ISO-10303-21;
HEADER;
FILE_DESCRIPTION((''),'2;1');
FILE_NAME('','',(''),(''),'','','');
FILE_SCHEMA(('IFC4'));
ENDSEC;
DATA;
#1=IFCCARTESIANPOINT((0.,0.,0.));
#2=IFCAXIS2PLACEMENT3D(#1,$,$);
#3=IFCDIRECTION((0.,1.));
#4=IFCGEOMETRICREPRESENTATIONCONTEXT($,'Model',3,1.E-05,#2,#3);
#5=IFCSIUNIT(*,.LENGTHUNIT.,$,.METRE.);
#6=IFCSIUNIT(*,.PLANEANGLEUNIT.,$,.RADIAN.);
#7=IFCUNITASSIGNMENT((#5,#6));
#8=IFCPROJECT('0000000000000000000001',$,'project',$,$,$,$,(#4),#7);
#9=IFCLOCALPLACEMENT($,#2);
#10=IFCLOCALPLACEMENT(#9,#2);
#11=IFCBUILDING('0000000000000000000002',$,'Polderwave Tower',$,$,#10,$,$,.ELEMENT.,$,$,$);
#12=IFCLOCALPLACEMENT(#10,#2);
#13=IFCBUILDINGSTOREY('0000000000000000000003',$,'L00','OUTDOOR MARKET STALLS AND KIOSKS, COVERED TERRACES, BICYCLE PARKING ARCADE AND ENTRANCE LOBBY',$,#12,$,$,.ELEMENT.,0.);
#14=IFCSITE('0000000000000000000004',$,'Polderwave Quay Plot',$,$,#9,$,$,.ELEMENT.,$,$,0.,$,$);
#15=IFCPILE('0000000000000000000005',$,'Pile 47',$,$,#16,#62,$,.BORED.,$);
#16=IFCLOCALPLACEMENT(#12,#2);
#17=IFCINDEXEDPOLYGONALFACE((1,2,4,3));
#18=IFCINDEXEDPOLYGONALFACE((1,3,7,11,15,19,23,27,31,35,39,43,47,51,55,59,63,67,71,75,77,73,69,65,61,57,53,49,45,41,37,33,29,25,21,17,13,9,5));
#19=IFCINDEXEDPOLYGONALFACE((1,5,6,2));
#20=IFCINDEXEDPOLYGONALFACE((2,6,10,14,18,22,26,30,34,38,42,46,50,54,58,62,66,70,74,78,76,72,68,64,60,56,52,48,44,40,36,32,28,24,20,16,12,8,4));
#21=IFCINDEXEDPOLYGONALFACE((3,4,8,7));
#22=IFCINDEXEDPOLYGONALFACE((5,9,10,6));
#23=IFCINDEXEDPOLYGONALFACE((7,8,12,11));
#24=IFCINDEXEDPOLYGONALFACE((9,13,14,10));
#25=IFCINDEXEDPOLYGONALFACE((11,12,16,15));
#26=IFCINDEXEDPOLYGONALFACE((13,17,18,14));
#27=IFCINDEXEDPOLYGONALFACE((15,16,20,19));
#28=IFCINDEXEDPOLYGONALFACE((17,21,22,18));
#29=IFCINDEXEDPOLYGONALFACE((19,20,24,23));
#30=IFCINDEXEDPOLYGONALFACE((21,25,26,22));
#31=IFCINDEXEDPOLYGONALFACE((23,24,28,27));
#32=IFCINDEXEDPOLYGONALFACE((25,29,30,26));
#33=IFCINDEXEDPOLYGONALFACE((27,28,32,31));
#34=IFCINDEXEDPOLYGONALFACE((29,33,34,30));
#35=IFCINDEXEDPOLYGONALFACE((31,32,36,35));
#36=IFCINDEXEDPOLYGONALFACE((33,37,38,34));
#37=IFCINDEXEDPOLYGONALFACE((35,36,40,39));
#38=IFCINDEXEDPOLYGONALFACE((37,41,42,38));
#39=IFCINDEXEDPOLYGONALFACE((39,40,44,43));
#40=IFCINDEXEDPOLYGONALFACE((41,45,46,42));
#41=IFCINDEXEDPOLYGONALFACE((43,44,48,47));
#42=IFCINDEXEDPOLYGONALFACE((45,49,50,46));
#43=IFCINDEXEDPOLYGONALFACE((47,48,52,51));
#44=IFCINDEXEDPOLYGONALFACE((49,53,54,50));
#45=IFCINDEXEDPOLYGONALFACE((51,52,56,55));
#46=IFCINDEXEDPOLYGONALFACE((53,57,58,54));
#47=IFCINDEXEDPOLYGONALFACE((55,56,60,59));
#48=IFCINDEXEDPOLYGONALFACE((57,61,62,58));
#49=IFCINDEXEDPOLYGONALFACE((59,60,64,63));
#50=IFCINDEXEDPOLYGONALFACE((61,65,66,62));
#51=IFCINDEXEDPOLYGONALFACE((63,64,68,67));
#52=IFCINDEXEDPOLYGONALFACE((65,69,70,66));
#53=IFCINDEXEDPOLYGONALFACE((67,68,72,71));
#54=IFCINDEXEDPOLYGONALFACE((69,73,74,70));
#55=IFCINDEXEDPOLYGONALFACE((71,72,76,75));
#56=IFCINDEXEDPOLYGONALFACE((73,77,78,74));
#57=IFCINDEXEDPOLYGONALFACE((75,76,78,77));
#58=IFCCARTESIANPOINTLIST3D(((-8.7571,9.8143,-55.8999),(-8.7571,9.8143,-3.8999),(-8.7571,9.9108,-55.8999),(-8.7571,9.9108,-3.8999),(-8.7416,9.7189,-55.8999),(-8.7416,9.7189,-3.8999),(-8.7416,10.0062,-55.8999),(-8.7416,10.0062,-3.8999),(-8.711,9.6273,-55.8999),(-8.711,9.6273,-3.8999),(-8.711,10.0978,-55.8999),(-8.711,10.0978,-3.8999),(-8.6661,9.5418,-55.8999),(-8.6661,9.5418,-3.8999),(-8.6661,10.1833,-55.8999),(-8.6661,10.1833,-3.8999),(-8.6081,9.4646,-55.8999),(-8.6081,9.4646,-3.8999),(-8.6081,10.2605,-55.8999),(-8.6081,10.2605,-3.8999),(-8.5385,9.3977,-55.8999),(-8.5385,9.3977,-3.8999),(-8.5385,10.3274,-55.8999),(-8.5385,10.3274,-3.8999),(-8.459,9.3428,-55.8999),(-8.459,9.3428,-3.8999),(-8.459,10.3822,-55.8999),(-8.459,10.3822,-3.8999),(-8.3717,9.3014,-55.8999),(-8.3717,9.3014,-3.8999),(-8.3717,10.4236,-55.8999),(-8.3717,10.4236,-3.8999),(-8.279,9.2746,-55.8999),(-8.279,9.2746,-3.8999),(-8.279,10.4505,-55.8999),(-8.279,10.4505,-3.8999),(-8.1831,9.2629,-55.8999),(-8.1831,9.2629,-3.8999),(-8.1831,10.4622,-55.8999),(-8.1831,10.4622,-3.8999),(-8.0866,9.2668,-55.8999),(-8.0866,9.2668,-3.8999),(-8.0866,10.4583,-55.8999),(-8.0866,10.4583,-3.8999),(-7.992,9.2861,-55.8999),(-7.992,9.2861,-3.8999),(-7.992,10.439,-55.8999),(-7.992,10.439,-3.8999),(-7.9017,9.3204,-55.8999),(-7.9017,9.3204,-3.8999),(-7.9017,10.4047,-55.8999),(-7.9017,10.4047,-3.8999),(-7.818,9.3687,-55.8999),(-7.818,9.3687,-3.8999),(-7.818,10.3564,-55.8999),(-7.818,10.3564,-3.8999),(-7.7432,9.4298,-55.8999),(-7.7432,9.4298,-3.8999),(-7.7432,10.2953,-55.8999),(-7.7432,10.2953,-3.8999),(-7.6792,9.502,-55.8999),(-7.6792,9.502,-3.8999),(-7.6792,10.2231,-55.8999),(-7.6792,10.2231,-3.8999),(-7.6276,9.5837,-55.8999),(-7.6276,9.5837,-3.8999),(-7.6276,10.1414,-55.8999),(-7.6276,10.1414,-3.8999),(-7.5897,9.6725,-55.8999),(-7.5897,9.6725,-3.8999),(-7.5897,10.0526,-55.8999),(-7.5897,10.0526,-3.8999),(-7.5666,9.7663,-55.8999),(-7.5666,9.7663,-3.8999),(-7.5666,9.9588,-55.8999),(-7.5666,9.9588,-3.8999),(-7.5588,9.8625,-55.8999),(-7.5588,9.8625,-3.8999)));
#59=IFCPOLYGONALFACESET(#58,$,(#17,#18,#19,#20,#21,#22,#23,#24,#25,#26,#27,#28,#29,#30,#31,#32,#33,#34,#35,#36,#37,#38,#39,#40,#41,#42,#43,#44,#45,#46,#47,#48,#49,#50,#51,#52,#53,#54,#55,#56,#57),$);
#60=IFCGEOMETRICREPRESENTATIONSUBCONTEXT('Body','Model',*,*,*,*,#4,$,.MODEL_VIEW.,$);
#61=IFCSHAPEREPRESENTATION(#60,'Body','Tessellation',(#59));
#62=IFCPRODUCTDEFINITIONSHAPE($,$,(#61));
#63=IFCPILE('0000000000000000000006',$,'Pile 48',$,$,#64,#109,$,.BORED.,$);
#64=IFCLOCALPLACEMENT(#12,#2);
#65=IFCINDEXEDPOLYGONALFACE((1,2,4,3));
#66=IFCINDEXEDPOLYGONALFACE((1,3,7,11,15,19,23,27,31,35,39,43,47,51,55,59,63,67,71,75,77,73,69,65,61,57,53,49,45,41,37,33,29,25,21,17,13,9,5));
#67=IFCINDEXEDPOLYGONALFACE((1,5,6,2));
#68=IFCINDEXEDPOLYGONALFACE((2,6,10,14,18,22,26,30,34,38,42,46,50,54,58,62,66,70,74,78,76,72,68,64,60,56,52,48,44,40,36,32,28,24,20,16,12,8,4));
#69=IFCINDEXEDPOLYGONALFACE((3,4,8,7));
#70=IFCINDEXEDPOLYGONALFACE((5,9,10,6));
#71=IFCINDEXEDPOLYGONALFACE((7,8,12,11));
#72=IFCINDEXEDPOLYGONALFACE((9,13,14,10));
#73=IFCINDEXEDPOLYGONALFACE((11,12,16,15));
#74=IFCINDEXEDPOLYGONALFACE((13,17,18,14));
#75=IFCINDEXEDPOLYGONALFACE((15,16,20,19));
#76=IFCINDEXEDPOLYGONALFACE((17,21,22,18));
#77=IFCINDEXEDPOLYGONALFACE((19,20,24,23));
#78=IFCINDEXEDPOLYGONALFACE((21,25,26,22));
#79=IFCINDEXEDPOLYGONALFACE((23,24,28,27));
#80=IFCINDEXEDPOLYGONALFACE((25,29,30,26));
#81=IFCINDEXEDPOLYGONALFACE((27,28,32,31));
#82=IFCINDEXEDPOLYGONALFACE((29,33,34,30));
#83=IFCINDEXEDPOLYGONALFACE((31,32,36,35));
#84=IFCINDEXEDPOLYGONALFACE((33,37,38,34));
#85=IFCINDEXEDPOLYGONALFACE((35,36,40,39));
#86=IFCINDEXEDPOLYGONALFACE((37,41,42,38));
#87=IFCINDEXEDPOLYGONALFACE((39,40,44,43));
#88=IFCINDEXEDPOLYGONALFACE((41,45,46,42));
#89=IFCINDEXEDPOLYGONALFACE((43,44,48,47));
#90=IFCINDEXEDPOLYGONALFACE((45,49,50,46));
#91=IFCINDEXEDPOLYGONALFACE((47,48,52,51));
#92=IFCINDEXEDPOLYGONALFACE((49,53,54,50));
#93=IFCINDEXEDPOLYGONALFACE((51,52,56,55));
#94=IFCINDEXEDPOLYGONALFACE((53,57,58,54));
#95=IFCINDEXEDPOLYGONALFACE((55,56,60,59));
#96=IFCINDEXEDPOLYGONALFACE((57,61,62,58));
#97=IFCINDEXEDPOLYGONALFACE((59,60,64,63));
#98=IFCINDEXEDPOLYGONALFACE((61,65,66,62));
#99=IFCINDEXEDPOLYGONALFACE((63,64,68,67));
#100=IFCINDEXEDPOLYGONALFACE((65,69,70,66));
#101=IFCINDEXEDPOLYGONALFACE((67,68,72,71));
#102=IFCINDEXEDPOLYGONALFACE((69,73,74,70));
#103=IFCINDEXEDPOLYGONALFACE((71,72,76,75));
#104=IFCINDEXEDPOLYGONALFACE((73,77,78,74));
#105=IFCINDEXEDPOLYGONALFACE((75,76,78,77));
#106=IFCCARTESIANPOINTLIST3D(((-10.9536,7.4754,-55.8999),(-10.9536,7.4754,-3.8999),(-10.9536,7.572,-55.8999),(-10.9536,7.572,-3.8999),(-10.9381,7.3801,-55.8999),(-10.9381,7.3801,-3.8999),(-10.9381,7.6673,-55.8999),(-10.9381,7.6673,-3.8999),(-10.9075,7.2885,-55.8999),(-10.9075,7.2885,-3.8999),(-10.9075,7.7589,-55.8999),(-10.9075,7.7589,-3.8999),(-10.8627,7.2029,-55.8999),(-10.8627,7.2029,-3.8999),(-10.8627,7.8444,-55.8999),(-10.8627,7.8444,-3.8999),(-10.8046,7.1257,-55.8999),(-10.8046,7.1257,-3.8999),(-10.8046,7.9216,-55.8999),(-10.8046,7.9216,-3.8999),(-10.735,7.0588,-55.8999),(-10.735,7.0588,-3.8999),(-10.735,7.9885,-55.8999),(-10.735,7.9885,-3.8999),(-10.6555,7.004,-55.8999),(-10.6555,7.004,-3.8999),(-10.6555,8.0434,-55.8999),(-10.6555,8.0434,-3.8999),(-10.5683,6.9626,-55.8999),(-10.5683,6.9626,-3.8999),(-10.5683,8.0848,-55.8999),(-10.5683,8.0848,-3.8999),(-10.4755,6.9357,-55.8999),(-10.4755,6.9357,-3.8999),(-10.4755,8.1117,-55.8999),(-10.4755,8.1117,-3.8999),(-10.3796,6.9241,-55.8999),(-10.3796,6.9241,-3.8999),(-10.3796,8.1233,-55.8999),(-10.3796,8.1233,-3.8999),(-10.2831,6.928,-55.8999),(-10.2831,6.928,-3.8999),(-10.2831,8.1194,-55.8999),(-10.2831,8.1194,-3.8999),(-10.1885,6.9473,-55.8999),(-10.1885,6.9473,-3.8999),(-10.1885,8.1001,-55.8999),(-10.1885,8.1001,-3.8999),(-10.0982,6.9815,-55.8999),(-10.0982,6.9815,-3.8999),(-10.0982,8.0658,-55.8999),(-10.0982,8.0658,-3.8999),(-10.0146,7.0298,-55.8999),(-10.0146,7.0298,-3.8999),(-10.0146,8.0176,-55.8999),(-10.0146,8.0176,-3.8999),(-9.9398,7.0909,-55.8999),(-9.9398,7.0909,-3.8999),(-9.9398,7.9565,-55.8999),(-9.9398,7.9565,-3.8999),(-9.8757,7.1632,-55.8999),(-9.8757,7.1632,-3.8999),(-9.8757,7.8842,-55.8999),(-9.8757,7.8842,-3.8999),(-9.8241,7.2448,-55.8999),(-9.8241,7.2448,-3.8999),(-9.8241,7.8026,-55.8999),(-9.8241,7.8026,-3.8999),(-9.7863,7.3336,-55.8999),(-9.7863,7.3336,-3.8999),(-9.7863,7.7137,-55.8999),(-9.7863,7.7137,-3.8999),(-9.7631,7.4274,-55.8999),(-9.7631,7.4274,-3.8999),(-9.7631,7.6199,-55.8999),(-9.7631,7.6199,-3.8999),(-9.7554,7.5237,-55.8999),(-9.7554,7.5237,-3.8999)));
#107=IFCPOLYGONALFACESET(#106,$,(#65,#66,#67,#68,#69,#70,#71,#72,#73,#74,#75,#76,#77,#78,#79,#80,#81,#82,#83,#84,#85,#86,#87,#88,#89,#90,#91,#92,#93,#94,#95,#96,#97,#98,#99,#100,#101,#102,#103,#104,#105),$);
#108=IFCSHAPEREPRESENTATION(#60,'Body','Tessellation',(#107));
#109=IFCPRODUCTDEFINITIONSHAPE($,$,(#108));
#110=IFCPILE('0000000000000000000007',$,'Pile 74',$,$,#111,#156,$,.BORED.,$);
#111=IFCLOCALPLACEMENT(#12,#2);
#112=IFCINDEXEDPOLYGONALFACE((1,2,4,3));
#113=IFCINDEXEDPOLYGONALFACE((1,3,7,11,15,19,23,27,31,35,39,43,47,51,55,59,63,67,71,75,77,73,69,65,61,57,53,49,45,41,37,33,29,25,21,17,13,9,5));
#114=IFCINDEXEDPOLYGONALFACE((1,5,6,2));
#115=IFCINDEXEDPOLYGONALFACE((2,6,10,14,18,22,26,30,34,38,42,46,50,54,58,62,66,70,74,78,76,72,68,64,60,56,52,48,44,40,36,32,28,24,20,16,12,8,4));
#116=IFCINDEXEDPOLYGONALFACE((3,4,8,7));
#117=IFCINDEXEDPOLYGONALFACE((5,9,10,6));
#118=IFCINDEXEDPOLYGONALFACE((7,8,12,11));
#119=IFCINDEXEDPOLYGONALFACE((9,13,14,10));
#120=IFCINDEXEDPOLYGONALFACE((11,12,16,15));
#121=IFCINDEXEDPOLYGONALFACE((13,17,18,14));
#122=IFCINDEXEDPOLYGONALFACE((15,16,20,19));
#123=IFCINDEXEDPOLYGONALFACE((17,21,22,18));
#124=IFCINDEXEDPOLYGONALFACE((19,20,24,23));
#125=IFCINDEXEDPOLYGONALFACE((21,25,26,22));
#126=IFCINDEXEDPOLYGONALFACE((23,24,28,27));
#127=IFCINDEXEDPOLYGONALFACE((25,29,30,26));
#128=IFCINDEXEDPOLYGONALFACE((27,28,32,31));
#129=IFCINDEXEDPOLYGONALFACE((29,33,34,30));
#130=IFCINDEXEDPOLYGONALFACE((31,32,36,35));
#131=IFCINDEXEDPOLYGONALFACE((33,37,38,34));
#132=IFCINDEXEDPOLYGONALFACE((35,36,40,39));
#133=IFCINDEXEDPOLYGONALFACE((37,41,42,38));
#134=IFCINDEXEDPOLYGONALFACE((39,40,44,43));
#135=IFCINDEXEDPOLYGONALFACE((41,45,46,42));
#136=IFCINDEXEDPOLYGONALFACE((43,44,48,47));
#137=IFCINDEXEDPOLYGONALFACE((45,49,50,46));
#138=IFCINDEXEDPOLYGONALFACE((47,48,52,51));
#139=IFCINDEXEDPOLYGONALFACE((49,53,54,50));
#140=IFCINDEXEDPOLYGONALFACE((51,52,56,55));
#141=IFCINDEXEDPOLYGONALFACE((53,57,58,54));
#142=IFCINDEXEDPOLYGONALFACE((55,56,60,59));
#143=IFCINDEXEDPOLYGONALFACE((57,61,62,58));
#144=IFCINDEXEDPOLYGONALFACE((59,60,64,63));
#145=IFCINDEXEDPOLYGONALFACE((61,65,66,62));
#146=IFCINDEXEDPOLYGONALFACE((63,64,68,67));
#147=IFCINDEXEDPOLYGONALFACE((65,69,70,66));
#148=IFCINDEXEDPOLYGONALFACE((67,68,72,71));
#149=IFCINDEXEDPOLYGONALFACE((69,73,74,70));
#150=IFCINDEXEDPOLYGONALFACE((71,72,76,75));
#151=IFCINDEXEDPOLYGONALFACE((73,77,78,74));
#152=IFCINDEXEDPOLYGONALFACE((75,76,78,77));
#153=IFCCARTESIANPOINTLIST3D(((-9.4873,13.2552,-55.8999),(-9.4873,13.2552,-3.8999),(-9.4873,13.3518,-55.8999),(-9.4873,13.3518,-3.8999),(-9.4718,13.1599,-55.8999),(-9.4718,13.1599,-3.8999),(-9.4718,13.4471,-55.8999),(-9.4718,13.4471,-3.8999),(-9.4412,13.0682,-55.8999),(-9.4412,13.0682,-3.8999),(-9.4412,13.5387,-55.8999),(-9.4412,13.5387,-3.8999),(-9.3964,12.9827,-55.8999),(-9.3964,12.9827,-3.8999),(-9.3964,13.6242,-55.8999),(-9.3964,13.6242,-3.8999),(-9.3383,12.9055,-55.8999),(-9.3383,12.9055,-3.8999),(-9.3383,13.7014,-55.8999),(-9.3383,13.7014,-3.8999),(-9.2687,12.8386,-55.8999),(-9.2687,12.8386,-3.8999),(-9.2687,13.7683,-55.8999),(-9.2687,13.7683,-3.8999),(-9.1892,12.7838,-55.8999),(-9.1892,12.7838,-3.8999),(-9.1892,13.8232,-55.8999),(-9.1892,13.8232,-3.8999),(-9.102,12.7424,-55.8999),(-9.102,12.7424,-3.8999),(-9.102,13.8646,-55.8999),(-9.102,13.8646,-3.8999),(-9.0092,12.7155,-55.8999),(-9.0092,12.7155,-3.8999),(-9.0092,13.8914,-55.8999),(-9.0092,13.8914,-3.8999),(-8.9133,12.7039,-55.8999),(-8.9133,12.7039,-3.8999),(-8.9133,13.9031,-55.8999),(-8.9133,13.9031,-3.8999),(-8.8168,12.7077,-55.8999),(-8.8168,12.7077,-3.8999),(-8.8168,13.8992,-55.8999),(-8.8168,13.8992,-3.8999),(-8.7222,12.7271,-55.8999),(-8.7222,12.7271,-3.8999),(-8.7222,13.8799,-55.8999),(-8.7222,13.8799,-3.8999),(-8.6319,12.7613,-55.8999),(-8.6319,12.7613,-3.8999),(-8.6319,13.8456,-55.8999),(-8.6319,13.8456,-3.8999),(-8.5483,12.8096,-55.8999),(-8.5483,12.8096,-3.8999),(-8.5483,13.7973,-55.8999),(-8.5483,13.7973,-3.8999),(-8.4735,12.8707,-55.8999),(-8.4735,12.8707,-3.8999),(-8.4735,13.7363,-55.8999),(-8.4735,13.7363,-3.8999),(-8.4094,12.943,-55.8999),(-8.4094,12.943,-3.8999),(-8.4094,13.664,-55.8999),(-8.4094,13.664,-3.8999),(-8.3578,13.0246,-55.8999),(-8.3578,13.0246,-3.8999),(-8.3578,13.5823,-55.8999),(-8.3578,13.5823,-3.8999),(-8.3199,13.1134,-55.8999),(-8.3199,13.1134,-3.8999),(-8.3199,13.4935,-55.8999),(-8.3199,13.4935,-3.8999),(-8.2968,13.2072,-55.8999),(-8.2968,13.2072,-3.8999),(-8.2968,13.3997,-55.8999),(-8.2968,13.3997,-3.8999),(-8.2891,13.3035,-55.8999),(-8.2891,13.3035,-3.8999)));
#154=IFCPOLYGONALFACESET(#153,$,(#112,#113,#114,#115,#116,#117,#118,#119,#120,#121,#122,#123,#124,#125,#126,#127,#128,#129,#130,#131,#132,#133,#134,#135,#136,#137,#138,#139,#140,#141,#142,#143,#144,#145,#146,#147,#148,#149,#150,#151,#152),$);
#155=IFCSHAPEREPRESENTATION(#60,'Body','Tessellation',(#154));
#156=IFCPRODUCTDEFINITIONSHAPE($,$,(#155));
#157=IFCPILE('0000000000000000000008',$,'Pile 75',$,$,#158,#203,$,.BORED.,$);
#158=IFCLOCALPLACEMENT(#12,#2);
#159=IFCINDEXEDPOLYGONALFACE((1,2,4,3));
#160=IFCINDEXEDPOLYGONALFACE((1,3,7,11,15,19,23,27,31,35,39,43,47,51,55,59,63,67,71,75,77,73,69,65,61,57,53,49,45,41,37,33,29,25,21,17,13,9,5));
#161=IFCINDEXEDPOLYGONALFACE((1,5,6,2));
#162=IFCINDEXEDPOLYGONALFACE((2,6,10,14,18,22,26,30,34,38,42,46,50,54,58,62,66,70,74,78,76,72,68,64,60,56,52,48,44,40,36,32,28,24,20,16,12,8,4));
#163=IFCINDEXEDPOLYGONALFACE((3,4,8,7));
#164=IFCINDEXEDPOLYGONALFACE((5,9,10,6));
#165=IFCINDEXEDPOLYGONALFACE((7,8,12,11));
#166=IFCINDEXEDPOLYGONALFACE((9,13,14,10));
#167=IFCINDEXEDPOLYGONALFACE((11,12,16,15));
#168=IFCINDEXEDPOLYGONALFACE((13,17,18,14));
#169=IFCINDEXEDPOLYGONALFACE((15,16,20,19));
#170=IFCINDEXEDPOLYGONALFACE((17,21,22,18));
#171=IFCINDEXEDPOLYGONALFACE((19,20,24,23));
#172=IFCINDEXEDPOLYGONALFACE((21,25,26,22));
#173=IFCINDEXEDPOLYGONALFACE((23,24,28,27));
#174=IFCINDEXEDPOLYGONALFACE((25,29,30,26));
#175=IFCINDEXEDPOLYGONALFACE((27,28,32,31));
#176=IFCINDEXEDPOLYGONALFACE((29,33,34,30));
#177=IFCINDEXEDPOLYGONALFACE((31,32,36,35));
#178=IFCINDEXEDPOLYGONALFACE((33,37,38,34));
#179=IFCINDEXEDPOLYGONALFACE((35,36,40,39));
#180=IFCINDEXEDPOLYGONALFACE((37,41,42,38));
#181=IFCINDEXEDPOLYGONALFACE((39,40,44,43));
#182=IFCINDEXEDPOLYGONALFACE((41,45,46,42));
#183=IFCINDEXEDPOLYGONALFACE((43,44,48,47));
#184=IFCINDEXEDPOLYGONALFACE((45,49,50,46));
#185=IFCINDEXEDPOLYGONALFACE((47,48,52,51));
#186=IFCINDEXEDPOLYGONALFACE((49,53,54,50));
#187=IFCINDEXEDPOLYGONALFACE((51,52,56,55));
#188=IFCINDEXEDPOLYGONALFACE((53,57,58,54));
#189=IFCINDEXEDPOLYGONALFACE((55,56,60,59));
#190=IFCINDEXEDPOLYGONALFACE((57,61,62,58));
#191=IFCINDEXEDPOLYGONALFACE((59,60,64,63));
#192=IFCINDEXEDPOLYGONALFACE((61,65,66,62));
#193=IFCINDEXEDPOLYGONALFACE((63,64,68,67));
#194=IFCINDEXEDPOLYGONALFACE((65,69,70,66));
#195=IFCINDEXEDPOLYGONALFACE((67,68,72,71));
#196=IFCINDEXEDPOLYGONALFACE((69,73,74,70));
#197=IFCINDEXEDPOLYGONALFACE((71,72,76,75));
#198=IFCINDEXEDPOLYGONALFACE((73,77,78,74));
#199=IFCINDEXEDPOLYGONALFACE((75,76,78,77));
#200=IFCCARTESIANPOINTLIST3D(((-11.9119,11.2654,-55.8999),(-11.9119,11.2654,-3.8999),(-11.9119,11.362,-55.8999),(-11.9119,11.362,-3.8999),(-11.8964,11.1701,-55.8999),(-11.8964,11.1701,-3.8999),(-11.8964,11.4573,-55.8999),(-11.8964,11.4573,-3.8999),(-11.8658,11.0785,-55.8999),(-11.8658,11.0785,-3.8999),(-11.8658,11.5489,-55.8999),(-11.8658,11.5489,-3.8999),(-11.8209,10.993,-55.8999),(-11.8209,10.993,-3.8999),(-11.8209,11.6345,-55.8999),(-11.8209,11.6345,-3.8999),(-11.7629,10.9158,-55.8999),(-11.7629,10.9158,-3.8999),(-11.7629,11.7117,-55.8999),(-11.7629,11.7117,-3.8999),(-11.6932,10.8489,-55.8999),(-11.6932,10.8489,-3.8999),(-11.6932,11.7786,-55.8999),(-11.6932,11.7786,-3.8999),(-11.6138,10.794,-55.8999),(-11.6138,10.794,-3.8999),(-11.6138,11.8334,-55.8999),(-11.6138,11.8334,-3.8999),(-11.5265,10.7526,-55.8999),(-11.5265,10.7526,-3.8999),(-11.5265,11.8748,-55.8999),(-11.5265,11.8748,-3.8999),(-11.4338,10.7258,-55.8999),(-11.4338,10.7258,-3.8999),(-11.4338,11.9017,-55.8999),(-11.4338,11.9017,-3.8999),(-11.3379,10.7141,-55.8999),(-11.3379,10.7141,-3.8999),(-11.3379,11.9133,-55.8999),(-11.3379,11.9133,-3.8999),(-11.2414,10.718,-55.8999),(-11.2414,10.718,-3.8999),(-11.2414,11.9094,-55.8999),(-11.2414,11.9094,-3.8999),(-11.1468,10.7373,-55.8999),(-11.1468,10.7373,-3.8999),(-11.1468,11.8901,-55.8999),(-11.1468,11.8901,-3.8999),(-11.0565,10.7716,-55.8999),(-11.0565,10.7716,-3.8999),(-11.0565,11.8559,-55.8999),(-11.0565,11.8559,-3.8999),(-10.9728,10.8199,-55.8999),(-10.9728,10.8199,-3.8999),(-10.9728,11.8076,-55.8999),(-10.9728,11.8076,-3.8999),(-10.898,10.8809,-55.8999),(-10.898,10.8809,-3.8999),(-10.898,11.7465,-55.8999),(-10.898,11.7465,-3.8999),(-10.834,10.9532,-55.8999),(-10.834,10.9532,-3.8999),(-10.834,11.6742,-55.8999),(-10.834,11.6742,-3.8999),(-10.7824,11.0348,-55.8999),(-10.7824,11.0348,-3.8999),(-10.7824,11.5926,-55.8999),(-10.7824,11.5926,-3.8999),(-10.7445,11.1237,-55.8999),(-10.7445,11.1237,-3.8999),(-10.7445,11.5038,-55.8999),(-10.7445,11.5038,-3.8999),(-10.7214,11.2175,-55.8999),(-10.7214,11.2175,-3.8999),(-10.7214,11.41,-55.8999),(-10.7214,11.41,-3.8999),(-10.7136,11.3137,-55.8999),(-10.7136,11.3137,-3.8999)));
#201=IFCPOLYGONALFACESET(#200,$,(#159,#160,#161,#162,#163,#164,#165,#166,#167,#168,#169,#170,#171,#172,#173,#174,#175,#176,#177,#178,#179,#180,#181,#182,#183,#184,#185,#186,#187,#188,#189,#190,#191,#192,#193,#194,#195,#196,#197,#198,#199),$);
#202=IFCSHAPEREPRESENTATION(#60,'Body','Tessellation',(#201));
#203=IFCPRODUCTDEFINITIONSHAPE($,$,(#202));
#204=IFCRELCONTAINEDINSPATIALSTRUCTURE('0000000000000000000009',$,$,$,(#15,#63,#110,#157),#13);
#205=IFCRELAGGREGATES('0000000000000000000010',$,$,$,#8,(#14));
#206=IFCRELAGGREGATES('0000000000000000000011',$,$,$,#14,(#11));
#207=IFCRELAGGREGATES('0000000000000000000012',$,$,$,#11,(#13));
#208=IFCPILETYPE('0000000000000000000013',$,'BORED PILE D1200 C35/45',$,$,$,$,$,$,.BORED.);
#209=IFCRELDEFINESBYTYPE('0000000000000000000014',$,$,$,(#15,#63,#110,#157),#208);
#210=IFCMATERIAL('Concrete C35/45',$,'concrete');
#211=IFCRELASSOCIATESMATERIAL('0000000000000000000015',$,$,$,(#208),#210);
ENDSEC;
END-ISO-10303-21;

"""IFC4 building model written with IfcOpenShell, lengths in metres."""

from ifc_helpers import new_model, si_unit, direction, frame, origin, origin_2d, place, context, subcontext, project, spatial, circle, extrude, material, material_profile, profile_set, type_object, element, save


model = new_model("IFC4")

# Units and contexts
model_context = context("Model", 3, precision=1e-05, world=origin(), true_north=direction((0.0, 1.0)))
body_context = subcontext(model_context, "Body", "Model", "MODEL_VIEW")
ifc_project = project(units=[si_unit("LENGTHUNIT", "METRE"), si_unit("PLANEANGLEUNIT", "RADIAN")], contexts=[model_context])

# Site, building, storey
site_placement = place(None, origin())
site = spatial("IfcSite", under=ifc_project, at=site_placement, Name="Polderwave Quay Plot", CompositionType="ELEMENT", RefElevation=0.0)
building_placement = place(site_placement, origin())
building = spatial("IfcBuilding", under=site, at=building_placement, Name="Polderwave Tower", CompositionType="ELEMENT")
storey_placement = place(building_placement, origin())
storey = spatial("IfcBuildingStorey", under=building, at=storey_placement, Name="L00", Description="OUTDOOR MARKET STALLS AND KIOSKS, COVERED TERRACES, BICYCLE PARKING ARCADE AND ENTRANCE LOBBY", CompositionType="ELEMENT", Elevation=0.0)

# Piles
ifc_material_1 = material(Name="Concrete C35/45", Category="concrete")
ifc_material_profile_1 = material_profile(ifc_material_1, circle(Radius=0.6001, at=origin_2d()), Name="BORED D1200")
ifc_profile_set_1 = profile_set([ifc_material_profile_1], Name="Concrete C35/45")
pile_type = type_object("IfcPileType", Name="BORED PILE D1200 C35/45", PredefinedType="BORED", material=ifc_profile_set_1)
for number, where, z_axis, x_axis, name in (
    (1, (-8.1589, 9.8625, -3.8999), (0.0, 0.0, -1.0), (1.0, 0.0, 0.0), "Pile 47"),
    (2, (-10.3555, 7.5237, -3.8999), (0.0, 0.0, -1.0), (1.0, 0.0, 0.0), "Pile 48"),
    (3, (-8.8892, 13.3035, -3.8999), (0.0, 0.0, -1.0), (1.0, 0.0, 0.0), "Pile 74"),
    (4, (-11.3137, 11.3137, -3.8999), (0.0, 0.0, -1.0), (1.0, 0.0, 0.0), "Pile 75"),
):
    element("IfcPile", number, at=place(storey_placement, frame(where, z_axis=z_axis, x_axis=x_axis)), inside=storey, type_object=pile_type, Name=name, PredefinedType="BORED", context=body_context, shape_type="SweptSolid", body=[
        extrude(circle(Radius=0.6001, at=origin_2d()), origin(), (0.0, 0.0, 1.0), 52.0),
    ])

save(model, "model.ifc")
